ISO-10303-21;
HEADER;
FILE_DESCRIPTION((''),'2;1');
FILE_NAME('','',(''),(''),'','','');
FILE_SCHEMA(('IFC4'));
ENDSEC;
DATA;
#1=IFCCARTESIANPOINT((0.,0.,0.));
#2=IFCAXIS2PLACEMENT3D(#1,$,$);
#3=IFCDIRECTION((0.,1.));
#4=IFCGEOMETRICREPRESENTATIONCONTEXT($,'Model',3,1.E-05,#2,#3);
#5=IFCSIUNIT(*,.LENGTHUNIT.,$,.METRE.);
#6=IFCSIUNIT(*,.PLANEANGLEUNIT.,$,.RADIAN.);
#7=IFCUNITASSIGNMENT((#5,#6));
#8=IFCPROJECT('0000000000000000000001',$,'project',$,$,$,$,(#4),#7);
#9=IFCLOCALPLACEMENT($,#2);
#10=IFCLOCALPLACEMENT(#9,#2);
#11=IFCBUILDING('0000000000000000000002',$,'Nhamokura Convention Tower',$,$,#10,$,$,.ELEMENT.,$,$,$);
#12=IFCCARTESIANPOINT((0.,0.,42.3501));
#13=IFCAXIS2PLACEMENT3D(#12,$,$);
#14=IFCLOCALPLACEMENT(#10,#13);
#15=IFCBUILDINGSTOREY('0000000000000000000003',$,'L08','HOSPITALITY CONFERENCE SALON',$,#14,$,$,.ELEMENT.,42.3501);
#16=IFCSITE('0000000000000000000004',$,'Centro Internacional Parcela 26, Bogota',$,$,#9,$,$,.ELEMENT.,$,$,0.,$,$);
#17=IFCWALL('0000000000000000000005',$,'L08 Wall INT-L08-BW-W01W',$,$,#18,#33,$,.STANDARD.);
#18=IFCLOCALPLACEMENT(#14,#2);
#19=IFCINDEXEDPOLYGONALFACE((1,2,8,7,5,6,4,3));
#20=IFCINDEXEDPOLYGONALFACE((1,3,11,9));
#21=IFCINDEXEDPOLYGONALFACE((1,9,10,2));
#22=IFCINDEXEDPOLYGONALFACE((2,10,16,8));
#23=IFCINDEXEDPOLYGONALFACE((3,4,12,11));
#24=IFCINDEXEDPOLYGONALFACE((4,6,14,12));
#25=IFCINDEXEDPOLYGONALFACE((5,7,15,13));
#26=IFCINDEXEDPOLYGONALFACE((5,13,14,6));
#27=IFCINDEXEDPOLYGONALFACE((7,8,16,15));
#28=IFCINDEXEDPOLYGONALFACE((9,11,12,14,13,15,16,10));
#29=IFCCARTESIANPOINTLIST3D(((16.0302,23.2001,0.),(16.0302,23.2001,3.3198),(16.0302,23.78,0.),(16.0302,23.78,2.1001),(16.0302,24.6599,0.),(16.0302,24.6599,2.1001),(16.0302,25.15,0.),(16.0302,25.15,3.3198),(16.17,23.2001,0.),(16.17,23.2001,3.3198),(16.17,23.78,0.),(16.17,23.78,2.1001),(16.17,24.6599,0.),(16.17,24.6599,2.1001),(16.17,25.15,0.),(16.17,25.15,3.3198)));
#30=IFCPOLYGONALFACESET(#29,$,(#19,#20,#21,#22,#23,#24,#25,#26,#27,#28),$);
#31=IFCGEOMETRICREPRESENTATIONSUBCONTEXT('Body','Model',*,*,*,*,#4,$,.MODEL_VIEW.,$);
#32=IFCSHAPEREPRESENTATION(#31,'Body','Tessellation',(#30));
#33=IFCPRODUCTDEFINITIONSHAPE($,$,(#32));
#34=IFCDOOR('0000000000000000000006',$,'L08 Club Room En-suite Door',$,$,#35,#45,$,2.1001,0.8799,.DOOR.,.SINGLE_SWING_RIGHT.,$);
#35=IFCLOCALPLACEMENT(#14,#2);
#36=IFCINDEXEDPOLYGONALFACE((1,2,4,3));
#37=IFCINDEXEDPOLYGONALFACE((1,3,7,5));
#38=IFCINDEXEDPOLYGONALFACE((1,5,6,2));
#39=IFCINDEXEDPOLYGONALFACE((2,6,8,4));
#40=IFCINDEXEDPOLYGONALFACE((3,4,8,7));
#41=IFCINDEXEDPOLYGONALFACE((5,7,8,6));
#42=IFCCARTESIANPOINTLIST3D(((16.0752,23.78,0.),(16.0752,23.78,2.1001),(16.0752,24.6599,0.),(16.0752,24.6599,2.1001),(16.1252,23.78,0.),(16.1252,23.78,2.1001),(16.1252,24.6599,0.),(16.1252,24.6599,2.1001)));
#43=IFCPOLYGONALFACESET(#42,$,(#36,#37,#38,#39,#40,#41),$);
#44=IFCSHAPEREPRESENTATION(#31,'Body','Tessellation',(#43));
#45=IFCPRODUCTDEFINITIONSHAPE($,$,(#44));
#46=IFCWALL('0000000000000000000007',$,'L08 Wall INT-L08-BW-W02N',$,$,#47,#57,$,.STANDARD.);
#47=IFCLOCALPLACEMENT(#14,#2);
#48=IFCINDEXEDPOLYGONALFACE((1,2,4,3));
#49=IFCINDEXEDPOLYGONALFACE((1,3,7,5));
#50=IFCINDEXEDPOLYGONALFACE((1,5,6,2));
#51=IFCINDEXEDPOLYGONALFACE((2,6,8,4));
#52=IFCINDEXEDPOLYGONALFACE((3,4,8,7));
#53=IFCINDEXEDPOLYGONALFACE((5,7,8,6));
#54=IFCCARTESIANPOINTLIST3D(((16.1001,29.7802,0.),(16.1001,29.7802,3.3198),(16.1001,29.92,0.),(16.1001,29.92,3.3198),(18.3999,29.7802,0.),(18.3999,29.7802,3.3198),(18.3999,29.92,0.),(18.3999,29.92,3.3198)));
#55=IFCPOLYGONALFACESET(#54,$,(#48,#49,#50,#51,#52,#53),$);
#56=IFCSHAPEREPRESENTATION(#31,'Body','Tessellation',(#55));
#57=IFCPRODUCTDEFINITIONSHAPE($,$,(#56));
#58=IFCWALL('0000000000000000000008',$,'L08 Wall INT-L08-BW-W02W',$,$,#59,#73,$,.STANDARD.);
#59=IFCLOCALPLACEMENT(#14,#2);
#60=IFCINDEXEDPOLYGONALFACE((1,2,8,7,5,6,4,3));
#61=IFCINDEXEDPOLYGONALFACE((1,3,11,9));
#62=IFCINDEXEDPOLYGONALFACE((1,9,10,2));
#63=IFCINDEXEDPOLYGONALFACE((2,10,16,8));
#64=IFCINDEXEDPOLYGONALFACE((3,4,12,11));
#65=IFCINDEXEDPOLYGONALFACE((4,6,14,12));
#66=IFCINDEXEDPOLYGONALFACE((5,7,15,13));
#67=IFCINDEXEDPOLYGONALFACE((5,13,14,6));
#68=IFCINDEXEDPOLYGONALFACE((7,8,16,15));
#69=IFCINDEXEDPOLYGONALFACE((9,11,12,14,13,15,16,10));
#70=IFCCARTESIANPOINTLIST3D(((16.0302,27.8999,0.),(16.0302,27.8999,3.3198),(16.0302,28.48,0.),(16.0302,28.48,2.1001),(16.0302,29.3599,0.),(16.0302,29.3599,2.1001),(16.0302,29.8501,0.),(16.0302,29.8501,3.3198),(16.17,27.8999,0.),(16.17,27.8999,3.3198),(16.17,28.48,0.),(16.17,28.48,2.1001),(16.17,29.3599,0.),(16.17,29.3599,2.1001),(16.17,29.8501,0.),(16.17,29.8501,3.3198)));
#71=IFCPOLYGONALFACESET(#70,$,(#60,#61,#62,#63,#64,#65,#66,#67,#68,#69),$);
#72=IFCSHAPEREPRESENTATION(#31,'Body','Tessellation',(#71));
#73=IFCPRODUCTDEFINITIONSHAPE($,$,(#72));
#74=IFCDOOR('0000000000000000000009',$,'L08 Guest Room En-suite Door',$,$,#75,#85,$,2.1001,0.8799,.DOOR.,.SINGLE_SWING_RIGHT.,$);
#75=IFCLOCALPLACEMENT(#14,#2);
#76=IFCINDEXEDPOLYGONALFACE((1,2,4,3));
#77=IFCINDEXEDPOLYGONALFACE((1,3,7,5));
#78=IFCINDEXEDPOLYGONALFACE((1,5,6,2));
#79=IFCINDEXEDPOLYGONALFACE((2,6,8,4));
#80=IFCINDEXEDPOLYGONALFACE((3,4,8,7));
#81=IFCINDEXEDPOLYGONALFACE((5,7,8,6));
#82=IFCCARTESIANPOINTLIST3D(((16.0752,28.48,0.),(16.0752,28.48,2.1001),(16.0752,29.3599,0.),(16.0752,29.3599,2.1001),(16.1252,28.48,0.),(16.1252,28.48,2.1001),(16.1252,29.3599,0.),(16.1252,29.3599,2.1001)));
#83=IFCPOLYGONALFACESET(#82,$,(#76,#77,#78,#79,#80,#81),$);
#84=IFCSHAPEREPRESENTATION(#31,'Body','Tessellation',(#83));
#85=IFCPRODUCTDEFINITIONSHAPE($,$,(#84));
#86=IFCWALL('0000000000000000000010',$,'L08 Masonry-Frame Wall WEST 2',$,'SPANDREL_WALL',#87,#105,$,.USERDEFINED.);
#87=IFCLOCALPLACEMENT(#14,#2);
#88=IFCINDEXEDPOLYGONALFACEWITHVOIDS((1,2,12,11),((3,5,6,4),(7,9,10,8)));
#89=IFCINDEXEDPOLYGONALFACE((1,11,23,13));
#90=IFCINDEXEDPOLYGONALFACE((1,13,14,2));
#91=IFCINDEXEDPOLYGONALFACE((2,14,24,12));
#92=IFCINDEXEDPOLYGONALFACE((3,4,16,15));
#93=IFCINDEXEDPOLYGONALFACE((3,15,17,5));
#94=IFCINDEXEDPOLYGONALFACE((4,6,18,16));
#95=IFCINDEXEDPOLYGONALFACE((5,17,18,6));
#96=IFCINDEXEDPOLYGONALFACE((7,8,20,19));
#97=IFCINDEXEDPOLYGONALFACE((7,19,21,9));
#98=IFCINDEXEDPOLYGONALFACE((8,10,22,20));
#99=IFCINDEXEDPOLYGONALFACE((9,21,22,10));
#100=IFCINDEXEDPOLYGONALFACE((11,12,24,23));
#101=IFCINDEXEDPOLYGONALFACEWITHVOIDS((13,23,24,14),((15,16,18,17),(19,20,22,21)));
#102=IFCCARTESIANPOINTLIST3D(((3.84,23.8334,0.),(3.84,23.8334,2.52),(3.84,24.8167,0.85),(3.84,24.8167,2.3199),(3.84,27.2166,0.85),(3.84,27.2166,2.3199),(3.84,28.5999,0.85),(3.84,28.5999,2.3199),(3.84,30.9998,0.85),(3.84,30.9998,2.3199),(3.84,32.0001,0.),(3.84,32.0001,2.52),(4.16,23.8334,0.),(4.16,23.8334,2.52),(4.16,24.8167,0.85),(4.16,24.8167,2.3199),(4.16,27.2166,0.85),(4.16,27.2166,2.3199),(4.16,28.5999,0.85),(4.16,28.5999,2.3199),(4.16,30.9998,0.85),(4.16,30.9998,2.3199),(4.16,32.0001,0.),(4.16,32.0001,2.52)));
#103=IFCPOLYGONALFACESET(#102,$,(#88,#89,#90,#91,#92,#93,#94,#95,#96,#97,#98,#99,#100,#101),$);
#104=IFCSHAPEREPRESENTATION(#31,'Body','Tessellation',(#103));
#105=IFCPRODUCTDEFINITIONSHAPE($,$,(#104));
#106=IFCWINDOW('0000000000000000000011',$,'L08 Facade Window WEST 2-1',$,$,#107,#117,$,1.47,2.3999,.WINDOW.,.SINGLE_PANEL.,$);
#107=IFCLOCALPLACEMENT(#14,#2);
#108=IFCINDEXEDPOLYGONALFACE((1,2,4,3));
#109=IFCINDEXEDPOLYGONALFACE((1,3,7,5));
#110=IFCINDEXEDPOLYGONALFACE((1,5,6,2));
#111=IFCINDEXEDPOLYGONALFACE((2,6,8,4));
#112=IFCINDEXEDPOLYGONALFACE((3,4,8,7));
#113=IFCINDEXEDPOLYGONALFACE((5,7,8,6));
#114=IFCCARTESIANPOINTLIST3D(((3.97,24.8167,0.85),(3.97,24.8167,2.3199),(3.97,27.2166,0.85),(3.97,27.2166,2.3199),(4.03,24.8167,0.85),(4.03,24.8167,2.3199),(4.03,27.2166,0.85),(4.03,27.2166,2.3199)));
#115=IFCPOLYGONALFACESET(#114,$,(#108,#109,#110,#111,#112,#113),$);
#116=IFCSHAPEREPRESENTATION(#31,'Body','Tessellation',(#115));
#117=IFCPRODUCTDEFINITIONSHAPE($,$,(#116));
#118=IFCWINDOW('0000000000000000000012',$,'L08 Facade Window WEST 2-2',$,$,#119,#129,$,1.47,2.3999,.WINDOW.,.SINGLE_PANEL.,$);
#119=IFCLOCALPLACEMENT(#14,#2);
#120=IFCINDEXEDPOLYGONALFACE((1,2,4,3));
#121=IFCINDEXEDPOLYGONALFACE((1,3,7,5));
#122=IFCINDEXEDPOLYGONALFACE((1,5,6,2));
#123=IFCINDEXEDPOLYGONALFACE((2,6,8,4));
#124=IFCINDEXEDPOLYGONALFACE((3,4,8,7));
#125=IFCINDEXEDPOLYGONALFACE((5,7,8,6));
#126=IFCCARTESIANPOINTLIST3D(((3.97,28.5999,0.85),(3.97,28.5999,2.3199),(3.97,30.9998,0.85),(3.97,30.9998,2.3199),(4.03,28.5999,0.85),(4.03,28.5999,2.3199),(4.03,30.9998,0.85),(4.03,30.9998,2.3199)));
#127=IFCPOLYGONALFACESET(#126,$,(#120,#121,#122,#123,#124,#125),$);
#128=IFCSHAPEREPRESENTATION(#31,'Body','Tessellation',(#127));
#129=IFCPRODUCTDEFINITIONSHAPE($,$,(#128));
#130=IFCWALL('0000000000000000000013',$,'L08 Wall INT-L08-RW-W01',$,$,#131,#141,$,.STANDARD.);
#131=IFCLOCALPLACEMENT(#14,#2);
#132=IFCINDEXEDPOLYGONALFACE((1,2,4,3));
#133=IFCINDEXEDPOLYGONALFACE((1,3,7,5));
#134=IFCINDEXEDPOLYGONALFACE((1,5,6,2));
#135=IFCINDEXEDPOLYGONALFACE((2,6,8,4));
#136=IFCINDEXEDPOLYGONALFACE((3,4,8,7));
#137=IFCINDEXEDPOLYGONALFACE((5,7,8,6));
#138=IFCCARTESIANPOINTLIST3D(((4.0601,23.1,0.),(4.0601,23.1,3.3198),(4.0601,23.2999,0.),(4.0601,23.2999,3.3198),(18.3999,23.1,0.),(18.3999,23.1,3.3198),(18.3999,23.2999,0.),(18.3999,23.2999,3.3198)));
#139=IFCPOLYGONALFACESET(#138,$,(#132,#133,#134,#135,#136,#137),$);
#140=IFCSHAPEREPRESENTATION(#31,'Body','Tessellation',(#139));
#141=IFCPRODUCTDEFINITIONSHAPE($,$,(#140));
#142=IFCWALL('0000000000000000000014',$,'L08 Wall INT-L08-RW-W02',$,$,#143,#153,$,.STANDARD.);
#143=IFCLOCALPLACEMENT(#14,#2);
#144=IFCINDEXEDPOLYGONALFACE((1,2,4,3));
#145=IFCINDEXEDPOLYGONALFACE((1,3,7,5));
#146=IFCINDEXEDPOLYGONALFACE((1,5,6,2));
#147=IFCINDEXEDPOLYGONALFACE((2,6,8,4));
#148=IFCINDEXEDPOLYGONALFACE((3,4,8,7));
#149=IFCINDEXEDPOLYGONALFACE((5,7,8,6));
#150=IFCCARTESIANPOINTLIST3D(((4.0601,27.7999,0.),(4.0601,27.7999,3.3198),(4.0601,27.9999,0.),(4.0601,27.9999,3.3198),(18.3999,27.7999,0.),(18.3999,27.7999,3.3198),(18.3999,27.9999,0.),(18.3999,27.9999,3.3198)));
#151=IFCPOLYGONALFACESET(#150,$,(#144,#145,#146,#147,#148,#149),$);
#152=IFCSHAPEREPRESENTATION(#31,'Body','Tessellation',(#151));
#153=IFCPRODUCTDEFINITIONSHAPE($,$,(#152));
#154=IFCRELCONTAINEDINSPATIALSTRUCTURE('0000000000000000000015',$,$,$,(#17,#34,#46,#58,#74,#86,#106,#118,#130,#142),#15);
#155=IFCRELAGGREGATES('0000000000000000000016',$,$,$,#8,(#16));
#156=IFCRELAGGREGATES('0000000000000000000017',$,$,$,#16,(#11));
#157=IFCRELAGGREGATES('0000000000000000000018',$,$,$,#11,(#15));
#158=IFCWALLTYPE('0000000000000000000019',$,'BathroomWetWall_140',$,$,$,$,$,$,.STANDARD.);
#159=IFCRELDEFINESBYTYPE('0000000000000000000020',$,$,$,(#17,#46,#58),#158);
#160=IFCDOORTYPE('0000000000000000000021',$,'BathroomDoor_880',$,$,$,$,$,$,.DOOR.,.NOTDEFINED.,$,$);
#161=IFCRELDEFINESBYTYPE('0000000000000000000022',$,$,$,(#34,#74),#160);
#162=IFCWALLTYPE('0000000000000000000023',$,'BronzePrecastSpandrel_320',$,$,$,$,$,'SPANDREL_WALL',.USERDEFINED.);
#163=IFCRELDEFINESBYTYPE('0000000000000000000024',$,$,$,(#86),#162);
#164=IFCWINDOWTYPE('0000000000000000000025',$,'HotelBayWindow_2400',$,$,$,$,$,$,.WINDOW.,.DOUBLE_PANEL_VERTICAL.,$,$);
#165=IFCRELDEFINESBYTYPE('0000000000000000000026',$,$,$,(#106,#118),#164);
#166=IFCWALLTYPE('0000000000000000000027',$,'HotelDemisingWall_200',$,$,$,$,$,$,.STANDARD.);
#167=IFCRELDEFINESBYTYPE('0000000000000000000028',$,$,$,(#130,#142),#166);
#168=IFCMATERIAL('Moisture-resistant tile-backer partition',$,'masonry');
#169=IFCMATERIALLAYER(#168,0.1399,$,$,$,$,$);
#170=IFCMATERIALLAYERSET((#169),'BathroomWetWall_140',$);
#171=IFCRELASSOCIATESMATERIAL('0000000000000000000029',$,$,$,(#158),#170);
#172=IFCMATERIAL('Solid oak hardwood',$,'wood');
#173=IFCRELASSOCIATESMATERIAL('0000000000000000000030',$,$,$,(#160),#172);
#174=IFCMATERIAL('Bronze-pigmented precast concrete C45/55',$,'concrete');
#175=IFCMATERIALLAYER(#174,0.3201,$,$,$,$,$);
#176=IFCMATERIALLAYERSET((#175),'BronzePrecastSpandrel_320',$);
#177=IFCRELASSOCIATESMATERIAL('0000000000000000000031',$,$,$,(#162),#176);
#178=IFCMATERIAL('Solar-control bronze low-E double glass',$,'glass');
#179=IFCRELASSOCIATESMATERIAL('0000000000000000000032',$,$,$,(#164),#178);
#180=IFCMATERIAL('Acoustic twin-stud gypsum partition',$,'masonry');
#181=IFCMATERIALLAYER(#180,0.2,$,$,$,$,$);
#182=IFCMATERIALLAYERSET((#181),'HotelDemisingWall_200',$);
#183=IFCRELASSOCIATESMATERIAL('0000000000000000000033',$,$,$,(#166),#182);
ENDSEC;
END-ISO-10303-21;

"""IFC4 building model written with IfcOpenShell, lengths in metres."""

from ifc_helpers import new_model, si_unit, direction, frame, frame_2d, origin, place, context, subcontext, project, spatial, rectangle, extrude, material, layer, layer_set, type_object, element, fill, save


model = new_model("IFC4")

# Units and contexts
model_context = context("Model", 3, precision=1e-05, world=origin(), true_north=direction((0.0, 1.0)))
body_context = subcontext(model_context, "Body", "Model", "MODEL_VIEW")
ifc_project = project(units=[si_unit("LENGTHUNIT", "METRE"), si_unit("PLANEANGLEUNIT", "RADIAN")], contexts=[model_context])

# Site, building, storey
site_placement = place(None, origin())
site = spatial("IfcSite", under=ifc_project, at=site_placement, Name="Centro Internacional Parcela 26, Bogota", CompositionType="ELEMENT", RefElevation=0.0)
building_placement = place(site_placement, origin())
building = spatial("IfcBuilding", under=site, at=building_placement, Name="Nhamokura Convention Tower", CompositionType="ELEMENT")
storey_placement = place(building_placement, frame((0.0, 0.0, 42.3501)))
storey = spatial("IfcBuildingStorey", under=building, at=storey_placement, Name="L08", Description="HOSPITALITY CONFERENCE SALON", CompositionType="ELEMENT", Elevation=42.3501)

# Shared definitions
ifc_material_1 = material(Name="Moisture-resistant tile-backer partition", Category="masonry")
ifc_layer_1 = layer(ifc_material_1, 0.1399)
ifc_layer_set_1 = layer_set([ifc_layer_1], Name="BathroomWetWall_140")
wall_type_1 = type_object("IfcWallType", Name="BathroomWetWall_140", PredefinedType="STANDARD", material=ifc_layer_set_1)

# Shared definitions
ifc_material_2 = material(Name="Solid oak hardwood", Category="wood")
door_type_1 = type_object("IfcDoorType", Name="BathroomDoor_880", OperationType="NOTDEFINED", PredefinedType="DOOR", material=ifc_material_2)

# Wall, opening, door
wall_1_placement = place(storey_placement, frame((16.1001, 23.2, 0.0), z_axis=(0.0, 0.0, 1.0), x_axis=(0.0, 1.0, 0.0)))
wall_1 = element("IfcWall", 1, at=wall_1_placement, inside=storey, type_object=wall_type_1, Name="L08 Wall INT-L08-BW-W01W", PredefinedType="STANDARD", context=body_context, shape_type="SweptSolid", body=[
    extrude(rectangle(XDim=1.95, YDim=0.1399, at=frame_2d((0.9751, 0.0))), origin(), (0.0, 0.0, 1.0), 3.3198),
])
opening_1_placement = place(wall_1_placement, frame((0.5801, 0.0, 0.0)))
opening_1 = element("IfcOpeningElement", 2, at=opening_1_placement, cuts=wall_1, PredefinedType="OPENING", context=body_context, shape_type="SweptSolid", body=[
    extrude(rectangle(XDim=0.8799, YDim=2.1001, at=frame_2d((0.4399, 1.05))), frame((0.0, 0.0798, 0.0), z_axis=(0.0, -1.0, 0.0), x_axis=(1.0, 0.0, 0.0)), (0.0, 0.0, 1.0), 0.1599),
])
door_1_placement = place(opening_1_placement, origin())
door_1 = element("IfcDoor", 3, at=door_1_placement, inside=storey, type_object=door_type_1, Name="L08 Club Room En-suite Door", OperationType="SINGLE_SWING_RIGHT", OverallHeight=2.1001, OverallWidth=0.8799, PredefinedType="DOOR", context=body_context, shape_type="SweptSolid", body=[
    extrude(rectangle(XDim=0.8799, YDim=2.1001, at=frame_2d((0.4399, 1.05))), frame((0.0, 0.0249, 0.0), z_axis=(0.0, -1.0, 0.0), x_axis=(1.0, 0.0, 0.0)), (0.0, 0.0, 1.0), 0.05),
])
fill(opening_1, door_1)

# Wall
wall_2_placement = place(storey_placement, frame((16.1001, 29.8501, 0.0), z_axis=(0.0, 0.0, 1.0), x_axis=(1.0, 0.0, 0.0)))
element("IfcWall", 4, at=wall_2_placement, inside=storey, type_object=wall_type_1, Name="L08 Wall INT-L08-BW-W02N", PredefinedType="STANDARD", context=body_context, shape_type="SweptSolid", body=[
    extrude(rectangle(XDim=2.2998, YDim=0.1399, at=frame_2d((1.1499, 0.0))), origin(), (0.0, 0.0, 1.0), 3.3198),
])

# Wall, opening, door
wall_3_placement = place(storey_placement, frame((16.1001, 27.8999, 0.0), z_axis=(0.0, 0.0, 1.0), x_axis=(0.0, 1.0, 0.0)))
wall_3 = element("IfcWall", 5, at=wall_3_placement, inside=storey, type_object=wall_type_1, Name="L08 Wall INT-L08-BW-W02W", PredefinedType="STANDARD", context=body_context, shape_type="SweptSolid", body=[
    extrude(rectangle(XDim=1.9502, YDim=0.1399, at=frame_2d((0.9751, 0.0))), origin(), (0.0, 0.0, 1.0), 3.3198),
])
opening_2_placement = place(wall_3_placement, frame((0.5801, 0.0, 0.0)))
opening_2 = element("IfcOpeningElement", 6, at=opening_2_placement, cuts=wall_3, PredefinedType="OPENING", context=body_context, shape_type="SweptSolid", body=[
    extrude(rectangle(XDim=0.8799, YDim=2.1001, at=frame_2d((0.4399, 1.05))), frame((0.0, 0.0798, 0.0), z_axis=(0.0, -1.0, 0.0), x_axis=(1.0, 0.0, 0.0)), (0.0, 0.0, 1.0), 0.1599),
])
door_2_placement = place(opening_2_placement, origin())
door_2 = element("IfcDoor", 7, at=door_2_placement, inside=storey, type_object=door_type_1, Name="L08 Guest Room En-suite Door", OperationType="SINGLE_SWING_RIGHT", OverallHeight=2.1001, OverallWidth=0.8799, PredefinedType="DOOR", context=body_context, shape_type="SweptSolid", body=[
    extrude(rectangle(XDim=0.8799, YDim=2.1001, at=frame_2d((0.4399, 1.05))), frame((0.0, 0.0249, 0.0), z_axis=(0.0, -1.0, 0.0), x_axis=(1.0, 0.0, 0.0)), (0.0, 0.0, 1.0), 0.05),
])
fill(opening_2, door_2)

# Wall, openings, windows
ifc_material_3 = material(Name="Bronze-pigmented precast concrete C45/55", Category="concrete")
ifc_layer_2 = layer(ifc_material_3, 0.3201)
ifc_layer_set_2 = layer_set([ifc_layer_2], Name="BronzePrecastSpandrel_320")
wall_type_2 = type_object("IfcWallType", Name="BronzePrecastSpandrel_320", ElementType="SPANDREL_WALL", PredefinedType="USERDEFINED", material=ifc_layer_set_2)
wall_4_placement = place(storey_placement, frame((4.0, 23.8333, 0.0), z_axis=(0.0, 0.0, 1.0), x_axis=(0.0, 1.0, 0.0)))
wall_4 = element("IfcWall", 8, at=wall_4_placement, inside=storey, type_object=wall_type_2, Name="L08 Masonry-Frame Wall WEST 2", ObjectType="SPANDREL_WALL", PredefinedType="USERDEFINED", context=body_context, shape_type="SweptSolid", body=[
    extrude(rectangle(XDim=8.1667, YDim=0.3201, at=frame_2d((4.0835, 0.0))), origin(), (0.0, 0.0, 1.0), 2.52),
])
opening_3_placement = place(wall_4_placement, frame((0.9834, 0.0, 0.8501)))
opening_3 = element("IfcOpeningElement", 9, at=opening_3_placement, cuts=wall_4, PredefinedType="OPENING", context=body_context, shape_type="SweptSolid", body=[
    extrude(rectangle(XDim=2.3999, YDim=1.47, at=frame_2d((1.2, 0.7349))), frame((0.0, 0.1699, 0.0), z_axis=(0.0, -1.0, 0.0), x_axis=(1.0, 0.0, 0.0)), (0.0, 0.0, 1.0), 0.3401),
])
opening_4_placement = place(wall_4_placement, frame((4.7666, 0.0, 0.8501)))
opening_4 = element("IfcOpeningElement", 10, at=opening_4_placement, cuts=wall_4, PredefinedType="OPENING", context=body_context, shape_type="SweptSolid", body=[
    extrude(rectangle(XDim=2.3999, YDim=1.47, at=frame_2d((1.2, 0.7349))), frame((0.0, 0.1699, 0.0), z_axis=(0.0, -1.0, 0.0), x_axis=(1.0, 0.0, 0.0)), (0.0, 0.0, 1.0), 0.3401),
])
ifc_material_4 = material(Name="Solar-control bronze low-E double glass", Category="glass")
window_type = type_object("IfcWindowType", Name="HotelBayWindow_2400", PartitioningType="DOUBLE_PANEL_VERTICAL", PredefinedType="WINDOW", material=ifc_material_4)
window_1_placement = place(opening_3_placement, origin())
window_1 = element("IfcWindow", 11, at=window_1_placement, inside=storey, type_object=window_type, Name="L08 Facade Window WEST 2-1", OverallHeight=1.47, OverallWidth=2.3999, PartitioningType="SINGLE_PANEL", PredefinedType="WINDOW", context=body_context, shape_type="SweptSolid", body=[
    extrude(rectangle(XDim=2.3999, YDim=1.47, at=frame_2d((1.2, 0.7349))), frame((0.0, 0.03, 0.0), z_axis=(0.0, -1.0, 0.0), x_axis=(1.0, 0.0, 0.0)), (0.0, 0.0, 1.0), 0.0601),
])
fill(opening_3, window_1)
window_2_placement = place(opening_4_placement, origin())
window_2 = element("IfcWindow", 12, at=window_2_placement, inside=storey, type_object=window_type, Name="L08 Facade Window WEST 2-2", OverallHeight=1.47, OverallWidth=2.3999, PartitioningType="SINGLE_PANEL", PredefinedType="WINDOW", context=body_context, shape_type="SweptSolid", body=[
    extrude(rectangle(XDim=2.3999, YDim=1.47, at=frame_2d((1.2, 0.7349))), frame((0.0, 0.03, 0.0), z_axis=(0.0, -1.0, 0.0), x_axis=(1.0, 0.0, 0.0)), (0.0, 0.0, 1.0), 0.0601),
])
fill(opening_4, window_2)

# Walls
ifc_material_5 = material(Name="Acoustic twin-stud gypsum partition", Category="masonry")
ifc_layer_3 = layer(ifc_material_5, 0.2)
ifc_layer_set_3 = layer_set([ifc_layer_3], Name="HotelDemisingWall_200")
wall_type_3 = type_object("IfcWallType", Name="HotelDemisingWall_200", PredefinedType="STANDARD", material=ifc_layer_set_3)
for number, where, z_axis, x_axis, name in (
    (13, (4.0601, 23.2, 0.0), (0.0, 0.0, 1.0), (1.0, 0.0, 0.0), "L08 Wall INT-L08-RW-W01"),
    (14, (4.0601, 27.8999, 0.0), (0.0, 0.0, 1.0), (1.0, 0.0, 0.0), "L08 Wall INT-L08-RW-W02"),
):
    element("IfcWall", number, at=place(storey_placement, frame(where, z_axis=z_axis, x_axis=x_axis)), inside=storey, type_object=wall_type_3, Name=name, PredefinedType="STANDARD", context=body_context, shape_type="SweptSolid", body=[
        extrude(rectangle(XDim=14.3398, YDim=0.2, at=frame_2d((7.1699, 0.0))), origin(), (0.0, 0.0, 1.0), 3.3198),
    ])

save(model, "model.ifc")
